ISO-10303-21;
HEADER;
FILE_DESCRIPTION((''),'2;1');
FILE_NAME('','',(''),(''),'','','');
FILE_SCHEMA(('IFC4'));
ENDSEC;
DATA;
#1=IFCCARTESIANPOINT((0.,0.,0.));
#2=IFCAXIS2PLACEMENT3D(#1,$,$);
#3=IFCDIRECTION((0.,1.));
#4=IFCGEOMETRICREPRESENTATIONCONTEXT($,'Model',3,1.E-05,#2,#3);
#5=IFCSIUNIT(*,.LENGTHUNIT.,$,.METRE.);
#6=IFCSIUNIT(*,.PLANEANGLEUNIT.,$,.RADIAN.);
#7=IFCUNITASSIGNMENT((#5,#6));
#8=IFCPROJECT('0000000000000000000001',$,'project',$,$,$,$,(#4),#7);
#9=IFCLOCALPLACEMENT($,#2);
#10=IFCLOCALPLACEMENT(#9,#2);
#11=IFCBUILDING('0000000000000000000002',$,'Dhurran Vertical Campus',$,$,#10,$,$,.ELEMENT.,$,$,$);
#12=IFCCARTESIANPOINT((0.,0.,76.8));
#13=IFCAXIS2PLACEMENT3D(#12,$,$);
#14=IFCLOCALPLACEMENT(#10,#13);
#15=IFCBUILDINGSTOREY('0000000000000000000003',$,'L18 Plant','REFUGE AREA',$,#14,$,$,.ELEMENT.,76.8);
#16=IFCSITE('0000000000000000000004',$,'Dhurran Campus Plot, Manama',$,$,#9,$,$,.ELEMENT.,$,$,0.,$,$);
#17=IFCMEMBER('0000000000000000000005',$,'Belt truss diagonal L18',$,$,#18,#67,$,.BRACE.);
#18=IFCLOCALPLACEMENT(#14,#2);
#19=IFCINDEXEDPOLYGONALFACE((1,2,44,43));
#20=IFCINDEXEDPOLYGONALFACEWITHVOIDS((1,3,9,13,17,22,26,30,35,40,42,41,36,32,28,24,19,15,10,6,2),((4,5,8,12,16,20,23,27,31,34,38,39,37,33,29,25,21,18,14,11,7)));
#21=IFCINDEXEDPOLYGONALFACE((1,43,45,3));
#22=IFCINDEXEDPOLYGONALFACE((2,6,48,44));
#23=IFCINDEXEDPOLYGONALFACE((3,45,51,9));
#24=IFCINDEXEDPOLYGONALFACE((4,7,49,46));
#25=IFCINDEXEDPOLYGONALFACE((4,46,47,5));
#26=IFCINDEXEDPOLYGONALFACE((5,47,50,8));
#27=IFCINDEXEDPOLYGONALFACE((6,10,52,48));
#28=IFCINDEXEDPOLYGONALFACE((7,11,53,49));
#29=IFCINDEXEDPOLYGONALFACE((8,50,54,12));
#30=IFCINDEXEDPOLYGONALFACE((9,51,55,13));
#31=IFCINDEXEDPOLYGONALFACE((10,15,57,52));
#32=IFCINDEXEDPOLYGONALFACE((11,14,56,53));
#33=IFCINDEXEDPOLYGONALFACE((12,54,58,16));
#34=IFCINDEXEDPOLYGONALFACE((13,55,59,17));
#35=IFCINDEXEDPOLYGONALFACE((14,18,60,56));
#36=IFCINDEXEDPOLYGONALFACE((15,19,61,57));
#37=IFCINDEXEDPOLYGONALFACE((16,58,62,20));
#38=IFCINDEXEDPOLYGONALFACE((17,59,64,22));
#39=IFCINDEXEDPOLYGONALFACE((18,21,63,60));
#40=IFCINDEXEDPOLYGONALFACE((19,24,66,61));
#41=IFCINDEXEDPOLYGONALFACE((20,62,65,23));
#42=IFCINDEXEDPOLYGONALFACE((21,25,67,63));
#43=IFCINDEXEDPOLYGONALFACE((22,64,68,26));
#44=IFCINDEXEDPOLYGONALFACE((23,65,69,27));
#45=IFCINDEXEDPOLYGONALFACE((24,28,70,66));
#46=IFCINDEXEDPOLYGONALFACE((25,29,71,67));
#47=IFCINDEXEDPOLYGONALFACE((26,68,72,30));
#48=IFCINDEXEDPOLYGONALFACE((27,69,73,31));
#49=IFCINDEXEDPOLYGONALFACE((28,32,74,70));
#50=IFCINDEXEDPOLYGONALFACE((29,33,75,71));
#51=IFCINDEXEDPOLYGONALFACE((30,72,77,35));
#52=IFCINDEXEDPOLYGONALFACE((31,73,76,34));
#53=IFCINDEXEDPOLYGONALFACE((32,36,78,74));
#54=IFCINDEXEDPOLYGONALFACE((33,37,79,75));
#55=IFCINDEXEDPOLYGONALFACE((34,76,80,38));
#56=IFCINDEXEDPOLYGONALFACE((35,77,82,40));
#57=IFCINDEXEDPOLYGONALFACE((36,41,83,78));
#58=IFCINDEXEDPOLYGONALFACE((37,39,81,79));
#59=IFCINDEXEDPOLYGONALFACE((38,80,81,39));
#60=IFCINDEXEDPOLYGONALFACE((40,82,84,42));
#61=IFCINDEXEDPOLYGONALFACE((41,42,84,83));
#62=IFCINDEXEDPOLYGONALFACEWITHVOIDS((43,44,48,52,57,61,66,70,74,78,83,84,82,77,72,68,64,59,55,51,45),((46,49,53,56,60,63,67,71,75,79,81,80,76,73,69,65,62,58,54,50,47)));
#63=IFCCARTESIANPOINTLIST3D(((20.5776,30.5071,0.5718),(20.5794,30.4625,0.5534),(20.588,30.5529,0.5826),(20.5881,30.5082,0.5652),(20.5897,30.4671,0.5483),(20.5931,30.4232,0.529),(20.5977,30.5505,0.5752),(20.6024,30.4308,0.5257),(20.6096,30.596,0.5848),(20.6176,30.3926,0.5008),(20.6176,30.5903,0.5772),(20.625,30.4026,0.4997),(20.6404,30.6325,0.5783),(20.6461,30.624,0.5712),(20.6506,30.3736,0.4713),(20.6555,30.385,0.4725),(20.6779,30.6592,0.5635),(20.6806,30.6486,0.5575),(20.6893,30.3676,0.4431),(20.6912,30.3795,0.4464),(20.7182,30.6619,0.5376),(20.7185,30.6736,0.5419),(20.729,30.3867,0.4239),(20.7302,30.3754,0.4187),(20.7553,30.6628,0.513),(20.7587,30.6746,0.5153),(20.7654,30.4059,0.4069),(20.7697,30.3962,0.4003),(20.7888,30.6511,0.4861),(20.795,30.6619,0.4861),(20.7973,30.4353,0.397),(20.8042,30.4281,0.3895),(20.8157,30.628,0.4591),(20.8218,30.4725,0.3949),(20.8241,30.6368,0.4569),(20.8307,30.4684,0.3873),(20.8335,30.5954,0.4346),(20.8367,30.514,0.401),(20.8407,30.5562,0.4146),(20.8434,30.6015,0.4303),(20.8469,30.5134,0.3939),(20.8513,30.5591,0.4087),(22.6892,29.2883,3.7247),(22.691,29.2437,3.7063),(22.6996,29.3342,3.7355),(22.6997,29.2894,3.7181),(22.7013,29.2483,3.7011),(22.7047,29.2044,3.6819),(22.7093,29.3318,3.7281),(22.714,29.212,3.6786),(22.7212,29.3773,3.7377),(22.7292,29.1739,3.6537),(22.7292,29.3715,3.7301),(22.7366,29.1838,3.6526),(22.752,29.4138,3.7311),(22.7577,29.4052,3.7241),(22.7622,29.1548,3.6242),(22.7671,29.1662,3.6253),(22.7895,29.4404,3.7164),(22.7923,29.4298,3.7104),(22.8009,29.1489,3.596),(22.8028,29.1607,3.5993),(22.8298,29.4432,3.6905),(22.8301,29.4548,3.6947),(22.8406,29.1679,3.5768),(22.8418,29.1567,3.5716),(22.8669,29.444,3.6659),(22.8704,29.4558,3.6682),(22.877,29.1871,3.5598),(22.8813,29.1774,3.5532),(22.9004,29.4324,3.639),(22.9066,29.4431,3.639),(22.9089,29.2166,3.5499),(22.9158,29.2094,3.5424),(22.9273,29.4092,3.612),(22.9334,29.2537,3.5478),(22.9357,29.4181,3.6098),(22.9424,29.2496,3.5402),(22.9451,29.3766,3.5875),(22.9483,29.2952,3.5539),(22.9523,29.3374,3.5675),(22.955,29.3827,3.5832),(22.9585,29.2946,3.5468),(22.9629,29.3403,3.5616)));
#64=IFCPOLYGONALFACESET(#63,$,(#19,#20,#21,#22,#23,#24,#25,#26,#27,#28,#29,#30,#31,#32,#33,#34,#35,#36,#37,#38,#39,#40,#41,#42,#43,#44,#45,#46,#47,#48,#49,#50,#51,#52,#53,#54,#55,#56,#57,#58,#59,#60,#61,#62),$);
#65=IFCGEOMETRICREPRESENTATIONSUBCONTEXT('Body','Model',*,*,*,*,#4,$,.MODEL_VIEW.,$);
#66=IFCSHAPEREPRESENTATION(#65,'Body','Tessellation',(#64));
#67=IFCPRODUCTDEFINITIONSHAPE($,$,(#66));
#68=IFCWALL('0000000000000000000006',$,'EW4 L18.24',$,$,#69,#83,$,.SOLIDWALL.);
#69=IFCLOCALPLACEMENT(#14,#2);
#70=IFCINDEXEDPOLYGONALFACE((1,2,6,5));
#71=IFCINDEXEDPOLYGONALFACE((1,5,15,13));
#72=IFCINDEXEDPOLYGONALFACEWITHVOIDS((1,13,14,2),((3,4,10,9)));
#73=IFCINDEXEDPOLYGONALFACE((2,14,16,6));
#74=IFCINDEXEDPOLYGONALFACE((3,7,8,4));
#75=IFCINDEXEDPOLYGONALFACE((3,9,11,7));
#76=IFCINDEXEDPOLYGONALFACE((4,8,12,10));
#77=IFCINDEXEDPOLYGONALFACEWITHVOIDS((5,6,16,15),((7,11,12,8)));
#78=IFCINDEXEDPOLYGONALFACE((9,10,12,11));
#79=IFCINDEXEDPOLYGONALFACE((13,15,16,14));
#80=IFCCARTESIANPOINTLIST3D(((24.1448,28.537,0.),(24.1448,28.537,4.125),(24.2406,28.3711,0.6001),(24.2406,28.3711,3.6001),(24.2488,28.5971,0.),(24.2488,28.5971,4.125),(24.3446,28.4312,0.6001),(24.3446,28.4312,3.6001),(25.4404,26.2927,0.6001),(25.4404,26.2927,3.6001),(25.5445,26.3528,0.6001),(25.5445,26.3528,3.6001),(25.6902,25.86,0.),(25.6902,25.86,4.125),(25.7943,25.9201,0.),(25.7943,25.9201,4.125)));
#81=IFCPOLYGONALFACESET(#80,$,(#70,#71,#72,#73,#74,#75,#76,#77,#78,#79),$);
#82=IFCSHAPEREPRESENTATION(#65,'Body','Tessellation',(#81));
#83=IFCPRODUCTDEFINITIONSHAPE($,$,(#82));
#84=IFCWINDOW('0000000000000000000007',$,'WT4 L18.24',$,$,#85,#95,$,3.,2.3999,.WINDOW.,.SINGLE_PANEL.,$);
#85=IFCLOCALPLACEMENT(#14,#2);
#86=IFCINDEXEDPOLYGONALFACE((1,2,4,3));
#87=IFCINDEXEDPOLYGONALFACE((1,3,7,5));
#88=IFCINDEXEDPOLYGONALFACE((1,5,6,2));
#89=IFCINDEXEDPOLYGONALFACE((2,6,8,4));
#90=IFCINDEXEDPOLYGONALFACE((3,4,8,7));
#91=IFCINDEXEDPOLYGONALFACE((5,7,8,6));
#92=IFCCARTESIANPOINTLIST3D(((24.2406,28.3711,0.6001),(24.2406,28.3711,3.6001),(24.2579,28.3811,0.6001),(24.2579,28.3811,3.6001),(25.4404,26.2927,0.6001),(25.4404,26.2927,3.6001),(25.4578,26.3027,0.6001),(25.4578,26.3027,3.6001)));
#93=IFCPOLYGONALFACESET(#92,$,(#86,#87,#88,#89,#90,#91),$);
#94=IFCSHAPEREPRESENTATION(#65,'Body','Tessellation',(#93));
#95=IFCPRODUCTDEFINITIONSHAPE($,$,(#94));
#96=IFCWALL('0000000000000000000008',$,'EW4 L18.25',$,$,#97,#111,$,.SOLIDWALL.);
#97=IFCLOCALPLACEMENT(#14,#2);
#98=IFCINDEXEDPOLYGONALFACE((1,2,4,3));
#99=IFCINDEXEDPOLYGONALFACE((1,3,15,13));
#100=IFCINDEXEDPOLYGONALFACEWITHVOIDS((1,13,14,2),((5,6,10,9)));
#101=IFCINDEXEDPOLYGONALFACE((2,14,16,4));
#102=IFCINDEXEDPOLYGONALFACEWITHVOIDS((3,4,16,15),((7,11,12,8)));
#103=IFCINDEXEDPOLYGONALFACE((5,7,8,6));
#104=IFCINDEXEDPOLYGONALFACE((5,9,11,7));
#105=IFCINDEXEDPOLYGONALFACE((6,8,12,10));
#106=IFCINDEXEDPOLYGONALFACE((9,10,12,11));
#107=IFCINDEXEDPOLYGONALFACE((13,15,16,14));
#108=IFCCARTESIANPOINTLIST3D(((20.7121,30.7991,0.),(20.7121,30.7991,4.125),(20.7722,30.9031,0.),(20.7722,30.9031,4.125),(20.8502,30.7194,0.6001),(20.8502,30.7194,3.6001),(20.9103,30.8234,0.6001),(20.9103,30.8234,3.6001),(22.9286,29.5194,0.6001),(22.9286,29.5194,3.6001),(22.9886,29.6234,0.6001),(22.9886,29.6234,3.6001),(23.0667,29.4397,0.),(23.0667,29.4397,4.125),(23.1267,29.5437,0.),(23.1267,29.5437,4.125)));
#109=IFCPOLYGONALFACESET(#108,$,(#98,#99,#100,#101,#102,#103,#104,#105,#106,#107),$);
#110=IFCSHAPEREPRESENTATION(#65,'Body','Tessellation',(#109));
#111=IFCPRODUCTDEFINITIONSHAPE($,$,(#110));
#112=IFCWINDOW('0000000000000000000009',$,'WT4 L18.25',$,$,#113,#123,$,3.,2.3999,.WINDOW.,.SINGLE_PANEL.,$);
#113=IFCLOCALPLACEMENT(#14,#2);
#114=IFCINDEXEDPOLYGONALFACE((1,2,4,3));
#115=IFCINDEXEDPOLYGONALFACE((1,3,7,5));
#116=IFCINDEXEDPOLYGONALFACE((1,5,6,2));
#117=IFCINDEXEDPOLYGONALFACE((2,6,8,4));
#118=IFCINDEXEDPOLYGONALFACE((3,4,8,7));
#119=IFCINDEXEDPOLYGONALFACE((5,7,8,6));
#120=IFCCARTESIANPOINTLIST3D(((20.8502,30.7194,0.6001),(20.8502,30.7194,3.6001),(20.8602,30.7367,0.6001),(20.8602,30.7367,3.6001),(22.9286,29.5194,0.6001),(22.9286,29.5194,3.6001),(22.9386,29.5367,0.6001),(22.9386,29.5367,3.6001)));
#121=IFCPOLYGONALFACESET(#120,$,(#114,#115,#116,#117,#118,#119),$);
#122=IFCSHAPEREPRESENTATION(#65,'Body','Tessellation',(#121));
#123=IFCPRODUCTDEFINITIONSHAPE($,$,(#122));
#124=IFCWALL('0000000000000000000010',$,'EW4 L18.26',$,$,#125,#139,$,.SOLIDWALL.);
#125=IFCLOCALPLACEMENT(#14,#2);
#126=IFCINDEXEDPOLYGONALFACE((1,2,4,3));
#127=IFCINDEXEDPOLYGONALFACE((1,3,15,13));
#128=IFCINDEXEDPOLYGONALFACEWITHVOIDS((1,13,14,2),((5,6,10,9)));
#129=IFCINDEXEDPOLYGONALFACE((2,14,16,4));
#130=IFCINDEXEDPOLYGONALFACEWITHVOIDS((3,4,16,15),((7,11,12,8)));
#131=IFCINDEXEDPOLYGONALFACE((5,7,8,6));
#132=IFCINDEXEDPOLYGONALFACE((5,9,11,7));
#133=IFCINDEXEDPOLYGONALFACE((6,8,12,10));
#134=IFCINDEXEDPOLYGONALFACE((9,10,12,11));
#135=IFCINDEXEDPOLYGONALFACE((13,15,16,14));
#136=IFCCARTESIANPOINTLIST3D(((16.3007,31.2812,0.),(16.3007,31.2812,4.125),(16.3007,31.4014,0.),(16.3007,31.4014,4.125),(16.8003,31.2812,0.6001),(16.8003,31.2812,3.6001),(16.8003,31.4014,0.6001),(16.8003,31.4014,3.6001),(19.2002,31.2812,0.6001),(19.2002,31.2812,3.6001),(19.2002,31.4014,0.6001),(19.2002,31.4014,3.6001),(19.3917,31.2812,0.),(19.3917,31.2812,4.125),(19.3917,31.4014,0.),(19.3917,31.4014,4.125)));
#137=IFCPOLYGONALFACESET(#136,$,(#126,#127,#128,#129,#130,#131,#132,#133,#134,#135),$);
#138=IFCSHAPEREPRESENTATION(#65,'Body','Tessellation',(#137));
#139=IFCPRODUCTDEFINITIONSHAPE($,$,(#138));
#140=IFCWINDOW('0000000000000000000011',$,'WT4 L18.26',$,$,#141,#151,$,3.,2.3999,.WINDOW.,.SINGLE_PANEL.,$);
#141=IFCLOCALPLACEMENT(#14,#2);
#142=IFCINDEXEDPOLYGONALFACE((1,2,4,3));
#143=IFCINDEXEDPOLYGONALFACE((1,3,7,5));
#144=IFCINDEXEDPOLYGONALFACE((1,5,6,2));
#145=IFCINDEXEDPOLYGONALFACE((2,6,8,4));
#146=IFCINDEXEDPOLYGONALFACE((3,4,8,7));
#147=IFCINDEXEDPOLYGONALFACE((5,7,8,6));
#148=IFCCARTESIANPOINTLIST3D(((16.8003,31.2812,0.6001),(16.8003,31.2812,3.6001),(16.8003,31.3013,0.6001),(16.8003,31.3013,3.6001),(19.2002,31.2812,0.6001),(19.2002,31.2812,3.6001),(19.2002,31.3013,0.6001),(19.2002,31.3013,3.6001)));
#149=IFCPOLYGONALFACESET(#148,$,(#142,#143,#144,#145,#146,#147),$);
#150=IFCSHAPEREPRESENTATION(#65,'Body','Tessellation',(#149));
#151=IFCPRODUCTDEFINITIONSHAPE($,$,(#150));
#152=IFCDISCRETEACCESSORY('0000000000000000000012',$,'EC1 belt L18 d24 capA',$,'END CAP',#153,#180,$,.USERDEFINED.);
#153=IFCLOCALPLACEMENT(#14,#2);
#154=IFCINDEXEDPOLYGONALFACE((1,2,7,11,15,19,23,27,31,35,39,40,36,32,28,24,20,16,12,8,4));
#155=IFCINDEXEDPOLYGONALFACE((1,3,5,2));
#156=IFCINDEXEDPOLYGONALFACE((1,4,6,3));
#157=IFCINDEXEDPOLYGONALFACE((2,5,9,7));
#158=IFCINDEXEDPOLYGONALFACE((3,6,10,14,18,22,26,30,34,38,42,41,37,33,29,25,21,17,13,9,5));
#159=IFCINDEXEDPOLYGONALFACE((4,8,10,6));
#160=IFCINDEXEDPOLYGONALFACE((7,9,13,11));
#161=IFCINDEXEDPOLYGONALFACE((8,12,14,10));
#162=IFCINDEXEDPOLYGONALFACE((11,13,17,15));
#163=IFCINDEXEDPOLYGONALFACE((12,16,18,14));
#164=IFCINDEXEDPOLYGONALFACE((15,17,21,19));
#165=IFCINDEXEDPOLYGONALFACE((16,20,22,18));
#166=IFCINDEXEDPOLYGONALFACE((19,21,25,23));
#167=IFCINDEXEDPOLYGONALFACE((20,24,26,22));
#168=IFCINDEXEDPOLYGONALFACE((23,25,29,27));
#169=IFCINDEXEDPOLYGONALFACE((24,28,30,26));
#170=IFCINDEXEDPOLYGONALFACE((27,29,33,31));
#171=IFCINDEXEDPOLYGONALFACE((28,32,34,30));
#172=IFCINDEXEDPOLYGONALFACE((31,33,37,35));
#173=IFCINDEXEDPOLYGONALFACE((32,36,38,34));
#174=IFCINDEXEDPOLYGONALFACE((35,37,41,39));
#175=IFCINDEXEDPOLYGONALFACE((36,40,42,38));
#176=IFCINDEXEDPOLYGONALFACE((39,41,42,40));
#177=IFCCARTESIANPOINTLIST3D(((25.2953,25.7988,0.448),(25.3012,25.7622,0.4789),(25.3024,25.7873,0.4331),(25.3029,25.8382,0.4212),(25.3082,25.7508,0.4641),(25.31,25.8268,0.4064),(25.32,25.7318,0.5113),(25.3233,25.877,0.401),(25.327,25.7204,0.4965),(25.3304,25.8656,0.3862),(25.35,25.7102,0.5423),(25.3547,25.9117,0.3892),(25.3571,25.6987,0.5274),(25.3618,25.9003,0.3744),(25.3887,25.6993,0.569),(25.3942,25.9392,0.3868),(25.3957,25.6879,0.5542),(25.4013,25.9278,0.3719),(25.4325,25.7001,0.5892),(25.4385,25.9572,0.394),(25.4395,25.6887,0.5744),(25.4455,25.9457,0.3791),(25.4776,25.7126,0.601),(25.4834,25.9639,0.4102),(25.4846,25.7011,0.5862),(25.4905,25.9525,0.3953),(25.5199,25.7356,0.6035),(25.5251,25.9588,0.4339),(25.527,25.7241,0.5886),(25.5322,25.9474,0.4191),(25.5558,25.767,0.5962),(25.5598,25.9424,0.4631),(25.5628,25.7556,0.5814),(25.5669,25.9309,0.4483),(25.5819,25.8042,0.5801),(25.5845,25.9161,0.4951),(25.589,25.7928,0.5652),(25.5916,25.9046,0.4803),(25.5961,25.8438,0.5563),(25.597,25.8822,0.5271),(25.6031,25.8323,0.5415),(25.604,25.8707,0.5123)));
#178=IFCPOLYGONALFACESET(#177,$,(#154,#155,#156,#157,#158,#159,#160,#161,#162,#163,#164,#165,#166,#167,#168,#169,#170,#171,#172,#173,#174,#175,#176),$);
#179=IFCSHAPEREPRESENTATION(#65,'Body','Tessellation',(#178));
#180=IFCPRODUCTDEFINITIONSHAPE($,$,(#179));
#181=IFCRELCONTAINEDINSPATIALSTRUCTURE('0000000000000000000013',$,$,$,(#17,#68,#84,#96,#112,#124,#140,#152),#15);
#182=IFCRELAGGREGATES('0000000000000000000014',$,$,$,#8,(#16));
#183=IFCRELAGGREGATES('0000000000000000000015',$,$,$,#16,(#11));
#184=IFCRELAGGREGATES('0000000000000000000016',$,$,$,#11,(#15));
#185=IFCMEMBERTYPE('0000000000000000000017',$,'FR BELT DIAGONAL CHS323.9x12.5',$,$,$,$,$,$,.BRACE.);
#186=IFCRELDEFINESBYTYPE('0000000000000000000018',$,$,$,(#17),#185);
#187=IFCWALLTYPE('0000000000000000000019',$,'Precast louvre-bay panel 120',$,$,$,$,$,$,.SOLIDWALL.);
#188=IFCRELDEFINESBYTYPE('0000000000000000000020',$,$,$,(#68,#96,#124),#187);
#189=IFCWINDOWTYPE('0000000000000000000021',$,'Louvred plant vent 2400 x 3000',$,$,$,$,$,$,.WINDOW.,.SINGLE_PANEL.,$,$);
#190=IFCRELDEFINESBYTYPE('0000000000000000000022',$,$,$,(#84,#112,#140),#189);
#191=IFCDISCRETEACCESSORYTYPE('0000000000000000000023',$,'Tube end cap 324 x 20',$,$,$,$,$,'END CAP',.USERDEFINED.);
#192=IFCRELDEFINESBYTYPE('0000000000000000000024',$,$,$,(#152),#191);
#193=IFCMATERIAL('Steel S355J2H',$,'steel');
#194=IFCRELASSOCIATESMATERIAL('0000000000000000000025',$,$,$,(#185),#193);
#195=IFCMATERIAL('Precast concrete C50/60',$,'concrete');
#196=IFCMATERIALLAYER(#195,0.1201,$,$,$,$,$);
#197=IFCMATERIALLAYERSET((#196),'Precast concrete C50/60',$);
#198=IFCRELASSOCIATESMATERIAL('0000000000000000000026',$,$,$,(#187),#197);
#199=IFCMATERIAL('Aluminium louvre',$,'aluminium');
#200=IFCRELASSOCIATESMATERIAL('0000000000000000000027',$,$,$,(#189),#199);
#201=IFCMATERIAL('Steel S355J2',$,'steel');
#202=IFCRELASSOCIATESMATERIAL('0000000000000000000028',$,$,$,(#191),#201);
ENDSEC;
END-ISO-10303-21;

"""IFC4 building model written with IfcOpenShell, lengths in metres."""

from ifc_helpers import new_model, si_unit, direction, frame, frame_2d, origin, origin_2d, place, context, subcontext, project, spatial, rectangle, circle, hollow_circle, extrude, material, layer, layer_set, material_profile, profile_set, type_object, element, fill, save


model = new_model("IFC4")

# Units and contexts
model_context = context("Model", 3, precision=1e-05, world=origin(), true_north=direction((0.0, 1.0)))
body_context = subcontext(model_context, "Body", "Model", "MODEL_VIEW")
ifc_project = project(units=[si_unit("LENGTHUNIT", "METRE"), si_unit("PLANEANGLEUNIT", "RADIAN")], contexts=[model_context])

# Site, building, storey
site_placement = place(None, origin())
site = spatial("IfcSite", under=ifc_project, at=site_placement, Name="Dhurran Campus Plot, Manama", CompositionType="ELEMENT", RefElevation=0.0)
building_placement = place(site_placement, origin())
building = spatial("IfcBuilding", under=site, at=building_placement, Name="Dhurran Vertical Campus", CompositionType="ELEMENT")
storey_placement = place(building_placement, frame((0.0, 0.0, 76.8)))
storey = spatial("IfcBuildingStorey", under=building, at=storey_placement, Name="L18 Plant", Description="REFUGE AREA", CompositionType="ELEMENT", Elevation=76.8)

# Member
ifc_material_1 = material(Name="Steel S355J2H", Category="steel")
ifc_material_profile_1 = material_profile(ifc_material_1, hollow_circle(Radius=0.1619, WallThickness=0.0125, at=origin_2d()), Name="CHS323.9x12.5")
ifc_profile_set_1 = profile_set([ifc_material_profile_1], Name="Steel S355J2H")
member_type = type_object("IfcMemberType", Name="FR BELT DIAGONAL CHS323.9x12.5", PredefinedType="BRACE", material=ifc_profile_set_1)
member_1_placement = place(storey_placement, frame((20.7141, 30.5217, 0.4861), z_axis=(0.52981, -0.305794, 0.79107), x_axis=(0.499887, 0.866091, 0.0)))
element("IfcMember", 1, at=member_1_placement, inside=storey, type_object=member_type, Name="Belt truss diagonal L18", PredefinedType="BRACE", context=body_context, shape_type="SweptSolid", body=[
    extrude(hollow_circle(Radius=0.1619, WallThickness=0.0125, at=origin_2d()), origin(), (0.0, 0.0, 1.0), 3.9856),
])

# Walls, openings, windows
ifc_material_2 = material(Name="Precast concrete C50/60", Category="concrete")
ifc_layer = layer(ifc_material_2, 0.1201)
ifc_layer_set = layer_set([ifc_layer], Name="Precast concrete C50/60")
wall_type = type_object("IfcWallType", Name="Precast louvre-bay panel 120", PredefinedType="SOLIDWALL", material=ifc_layer_set)
wall_1_placement = place(storey_placement, frame((25.7422, 25.8901, 0.0), z_axis=(0.0, 0.0, 1.0), x_axis=(-0.499962, 0.866047, 0.0)))
wall_1 = element("IfcWall", 2, at=wall_1_placement, inside=storey, type_object=wall_type, Name="EW4 L18.24", PredefinedType="SOLIDWALL", context=body_context, shape_type="SweptSolid", body=[
    extrude(rectangle(XDim=3.0911, YDim=0.1201, at=frame_2d((1.5454, 0.0))), origin(), (0.0, 0.0, 1.0), 4.125),
])
opening_1_placement = place(wall_1_placement, frame((0.4995, 0.0, 0.6001)))
opening_1 = element("IfcOpeningElement", 3, at=opening_1_placement, cuts=wall_1, PredefinedType="OPENING", context=body_context, shape_type="SweptSolid", body=[
    extrude(rectangle(XDim=2.3999, YDim=3.0, at=frame_2d((1.2, 1.5))), frame((0.0, 0.0701, 0.0), z_axis=(0.0, -1.0, 0.0), x_axis=(1.0, 0.0, 0.0)), (0.0, 0.0, 1.0), 0.1401),
])
ifc_material_3 = material(Name="Aluminium louvre", Category="aluminium")
window_type = type_object("IfcWindowType", Name="Louvred plant vent 2400 x 3000", PartitioningType="SINGLE_PANEL", PredefinedType="WINDOW", material=ifc_material_3)
window_1_placement = place(opening_1_placement, origin())
window_1 = element("IfcWindow", 4, at=window_1_placement, inside=storey, type_object=window_type, Name="WT4 L18.24", OverallHeight=3.0, OverallWidth=2.3999, PartitioningType="SINGLE_PANEL", PredefinedType="WINDOW", context=body_context, shape_type="SweptSolid", body=[
    extrude(rectangle(XDim=2.3999, YDim=3.0, at=frame_2d((1.2, 1.5))), frame((0.0, 0.0601, 0.0), z_axis=(0.0, -1.0, 0.0), x_axis=(1.0, 0.0, 0.0)), (0.0, 0.0, 1.0), 0.02),
])
fill(opening_1, window_1)
wall_2_placement = place(storey_placement, frame((23.0967, 29.4917, 0.0), z_axis=(0.0, 0.0, 1.0), x_axis=(-0.866024, 0.500002, 0.0)))
wall_2 = element("IfcWall", 5, at=wall_2_placement, inside=storey, type_object=wall_type, Name="EW4 L18.25", PredefinedType="SOLIDWALL", context=body_context, shape_type="SweptSolid", body=[
    extrude(rectangle(XDim=2.7188, YDim=0.1201, at=frame_2d((1.3594, 0.0))), origin(), (0.0, 0.0, 1.0), 4.125),
])
opening_2_placement = place(wall_2_placement, frame((0.1594, 0.0, 0.6001)))
opening_2 = element("IfcOpeningElement", 6, at=opening_2_placement, cuts=wall_2, PredefinedType="OPENING", context=body_context, shape_type="SweptSolid", body=[
    extrude(rectangle(XDim=2.3999, YDim=3.0, at=frame_2d((1.2, 1.5))), frame((0.0, 0.0701, 0.0), z_axis=(0.0, -1.0, 0.0), x_axis=(1.0, 0.0, 0.0)), (0.0, 0.0, 1.0), 0.1401),
])
window_2_placement = place(opening_2_placement, origin())
window_2 = element("IfcWindow", 7, at=window_2_placement, inside=storey, type_object=window_type, Name="WT4 L18.25", OverallHeight=3.0, OverallWidth=2.3999, PartitioningType="SINGLE_PANEL", PredefinedType="WINDOW", context=body_context, shape_type="SweptSolid", body=[
    extrude(rectangle(XDim=2.3999, YDim=3.0, at=frame_2d((1.2, 1.5))), frame((0.0, 0.0601, 0.0), z_axis=(0.0, -1.0, 0.0), x_axis=(1.0, 0.0, 0.0)), (0.0, 0.0, 1.0), 0.02),
])
fill(opening_2, window_2)
wall_3_placement = place(storey_placement, frame((19.3916, 31.3413, 0.0), z_axis=(0.0, 0.0, 1.0), x_axis=(-1.0, 0.0, 0.0)))
wall_3 = element("IfcWall", 8, at=wall_3_placement, inside=storey, type_object=wall_type, Name="EW4 L18.26", PredefinedType="SOLIDWALL", context=body_context, shape_type="SweptSolid", body=[
    extrude(rectangle(XDim=3.0911, YDim=0.1201, at=frame_2d((1.5454, 0.0))), origin(), (0.0, 0.0, 1.0), 4.125),
])
opening_3_placement = place(wall_3_placement, frame((0.1914, 0.0, 0.6001)))
opening_3 = element("IfcOpeningElement", 9, at=opening_3_placement, cuts=wall_3, PredefinedType="OPENING", context=body_context, shape_type="SweptSolid", body=[
    extrude(rectangle(XDim=2.3999, YDim=3.0, at=frame_2d((1.2, 1.5))), frame((0.0, 0.0701, 0.0), z_axis=(0.0, -1.0, 0.0), x_axis=(1.0, 0.0, 0.0)), (0.0, 0.0, 1.0), 0.1401),
])
window_3_placement = place(opening_3_placement, origin())
window_3 = element("IfcWindow", 10, at=window_3_placement, inside=storey, type_object=window_type, Name="WT4 L18.26", OverallHeight=3.0, OverallWidth=2.3999, PartitioningType="SINGLE_PANEL", PredefinedType="WINDOW", context=body_context, shape_type="SweptSolid", body=[
    extrude(rectangle(XDim=2.3999, YDim=3.0, at=frame_2d((1.2, 1.5))), frame((0.0, 0.0601, 0.0), z_axis=(0.0, -1.0, 0.0), x_axis=(1.0, 0.0, 0.0)), (0.0, 0.0, 1.0), 0.02),
])
fill(opening_3, window_3)

# Discrete accessory
ifc_material_4 = material(Name="Steel S355J2", Category="steel")
ifc_material_profile_2 = material_profile(ifc_material_4, circle(Radius=0.1619, at=origin_2d()), Name="Tube end cap 324 x 20")
ifc_profile_set_2 = profile_set([ifc_material_profile_2], Name="Steel S355J2")
discrete_accessory_type = type_object("IfcDiscreteAccessoryType", Name="Tube end cap 324 x 20", ElementType="END CAP", PredefinedType="USERDEFINED", material=ifc_profile_set_2)
for number, where, z_axis, x_axis, name in (
    (11, (25.4468, 25.8311, 0.4951), (0.352429, -0.571178, -0.741316), (0.851036, 0.525107, 0.0), "EC1 belt L18 d24 capA"),
):
    element("IfcDiscreteAccessory", number, at=place(storey_placement, frame(where, z_axis=z_axis, x_axis=x_axis)), inside=storey, type_object=discrete_accessory_type, Name=name, ObjectType="END CAP", PredefinedType="USERDEFINED", context=body_context, shape_type="SweptSolid", body=[
        extrude(circle(Radius=0.1619, at=origin_2d()), origin(), (0.0, 0.0, 1.0), 0.02),
    ])

save(model, "model.ifc")
